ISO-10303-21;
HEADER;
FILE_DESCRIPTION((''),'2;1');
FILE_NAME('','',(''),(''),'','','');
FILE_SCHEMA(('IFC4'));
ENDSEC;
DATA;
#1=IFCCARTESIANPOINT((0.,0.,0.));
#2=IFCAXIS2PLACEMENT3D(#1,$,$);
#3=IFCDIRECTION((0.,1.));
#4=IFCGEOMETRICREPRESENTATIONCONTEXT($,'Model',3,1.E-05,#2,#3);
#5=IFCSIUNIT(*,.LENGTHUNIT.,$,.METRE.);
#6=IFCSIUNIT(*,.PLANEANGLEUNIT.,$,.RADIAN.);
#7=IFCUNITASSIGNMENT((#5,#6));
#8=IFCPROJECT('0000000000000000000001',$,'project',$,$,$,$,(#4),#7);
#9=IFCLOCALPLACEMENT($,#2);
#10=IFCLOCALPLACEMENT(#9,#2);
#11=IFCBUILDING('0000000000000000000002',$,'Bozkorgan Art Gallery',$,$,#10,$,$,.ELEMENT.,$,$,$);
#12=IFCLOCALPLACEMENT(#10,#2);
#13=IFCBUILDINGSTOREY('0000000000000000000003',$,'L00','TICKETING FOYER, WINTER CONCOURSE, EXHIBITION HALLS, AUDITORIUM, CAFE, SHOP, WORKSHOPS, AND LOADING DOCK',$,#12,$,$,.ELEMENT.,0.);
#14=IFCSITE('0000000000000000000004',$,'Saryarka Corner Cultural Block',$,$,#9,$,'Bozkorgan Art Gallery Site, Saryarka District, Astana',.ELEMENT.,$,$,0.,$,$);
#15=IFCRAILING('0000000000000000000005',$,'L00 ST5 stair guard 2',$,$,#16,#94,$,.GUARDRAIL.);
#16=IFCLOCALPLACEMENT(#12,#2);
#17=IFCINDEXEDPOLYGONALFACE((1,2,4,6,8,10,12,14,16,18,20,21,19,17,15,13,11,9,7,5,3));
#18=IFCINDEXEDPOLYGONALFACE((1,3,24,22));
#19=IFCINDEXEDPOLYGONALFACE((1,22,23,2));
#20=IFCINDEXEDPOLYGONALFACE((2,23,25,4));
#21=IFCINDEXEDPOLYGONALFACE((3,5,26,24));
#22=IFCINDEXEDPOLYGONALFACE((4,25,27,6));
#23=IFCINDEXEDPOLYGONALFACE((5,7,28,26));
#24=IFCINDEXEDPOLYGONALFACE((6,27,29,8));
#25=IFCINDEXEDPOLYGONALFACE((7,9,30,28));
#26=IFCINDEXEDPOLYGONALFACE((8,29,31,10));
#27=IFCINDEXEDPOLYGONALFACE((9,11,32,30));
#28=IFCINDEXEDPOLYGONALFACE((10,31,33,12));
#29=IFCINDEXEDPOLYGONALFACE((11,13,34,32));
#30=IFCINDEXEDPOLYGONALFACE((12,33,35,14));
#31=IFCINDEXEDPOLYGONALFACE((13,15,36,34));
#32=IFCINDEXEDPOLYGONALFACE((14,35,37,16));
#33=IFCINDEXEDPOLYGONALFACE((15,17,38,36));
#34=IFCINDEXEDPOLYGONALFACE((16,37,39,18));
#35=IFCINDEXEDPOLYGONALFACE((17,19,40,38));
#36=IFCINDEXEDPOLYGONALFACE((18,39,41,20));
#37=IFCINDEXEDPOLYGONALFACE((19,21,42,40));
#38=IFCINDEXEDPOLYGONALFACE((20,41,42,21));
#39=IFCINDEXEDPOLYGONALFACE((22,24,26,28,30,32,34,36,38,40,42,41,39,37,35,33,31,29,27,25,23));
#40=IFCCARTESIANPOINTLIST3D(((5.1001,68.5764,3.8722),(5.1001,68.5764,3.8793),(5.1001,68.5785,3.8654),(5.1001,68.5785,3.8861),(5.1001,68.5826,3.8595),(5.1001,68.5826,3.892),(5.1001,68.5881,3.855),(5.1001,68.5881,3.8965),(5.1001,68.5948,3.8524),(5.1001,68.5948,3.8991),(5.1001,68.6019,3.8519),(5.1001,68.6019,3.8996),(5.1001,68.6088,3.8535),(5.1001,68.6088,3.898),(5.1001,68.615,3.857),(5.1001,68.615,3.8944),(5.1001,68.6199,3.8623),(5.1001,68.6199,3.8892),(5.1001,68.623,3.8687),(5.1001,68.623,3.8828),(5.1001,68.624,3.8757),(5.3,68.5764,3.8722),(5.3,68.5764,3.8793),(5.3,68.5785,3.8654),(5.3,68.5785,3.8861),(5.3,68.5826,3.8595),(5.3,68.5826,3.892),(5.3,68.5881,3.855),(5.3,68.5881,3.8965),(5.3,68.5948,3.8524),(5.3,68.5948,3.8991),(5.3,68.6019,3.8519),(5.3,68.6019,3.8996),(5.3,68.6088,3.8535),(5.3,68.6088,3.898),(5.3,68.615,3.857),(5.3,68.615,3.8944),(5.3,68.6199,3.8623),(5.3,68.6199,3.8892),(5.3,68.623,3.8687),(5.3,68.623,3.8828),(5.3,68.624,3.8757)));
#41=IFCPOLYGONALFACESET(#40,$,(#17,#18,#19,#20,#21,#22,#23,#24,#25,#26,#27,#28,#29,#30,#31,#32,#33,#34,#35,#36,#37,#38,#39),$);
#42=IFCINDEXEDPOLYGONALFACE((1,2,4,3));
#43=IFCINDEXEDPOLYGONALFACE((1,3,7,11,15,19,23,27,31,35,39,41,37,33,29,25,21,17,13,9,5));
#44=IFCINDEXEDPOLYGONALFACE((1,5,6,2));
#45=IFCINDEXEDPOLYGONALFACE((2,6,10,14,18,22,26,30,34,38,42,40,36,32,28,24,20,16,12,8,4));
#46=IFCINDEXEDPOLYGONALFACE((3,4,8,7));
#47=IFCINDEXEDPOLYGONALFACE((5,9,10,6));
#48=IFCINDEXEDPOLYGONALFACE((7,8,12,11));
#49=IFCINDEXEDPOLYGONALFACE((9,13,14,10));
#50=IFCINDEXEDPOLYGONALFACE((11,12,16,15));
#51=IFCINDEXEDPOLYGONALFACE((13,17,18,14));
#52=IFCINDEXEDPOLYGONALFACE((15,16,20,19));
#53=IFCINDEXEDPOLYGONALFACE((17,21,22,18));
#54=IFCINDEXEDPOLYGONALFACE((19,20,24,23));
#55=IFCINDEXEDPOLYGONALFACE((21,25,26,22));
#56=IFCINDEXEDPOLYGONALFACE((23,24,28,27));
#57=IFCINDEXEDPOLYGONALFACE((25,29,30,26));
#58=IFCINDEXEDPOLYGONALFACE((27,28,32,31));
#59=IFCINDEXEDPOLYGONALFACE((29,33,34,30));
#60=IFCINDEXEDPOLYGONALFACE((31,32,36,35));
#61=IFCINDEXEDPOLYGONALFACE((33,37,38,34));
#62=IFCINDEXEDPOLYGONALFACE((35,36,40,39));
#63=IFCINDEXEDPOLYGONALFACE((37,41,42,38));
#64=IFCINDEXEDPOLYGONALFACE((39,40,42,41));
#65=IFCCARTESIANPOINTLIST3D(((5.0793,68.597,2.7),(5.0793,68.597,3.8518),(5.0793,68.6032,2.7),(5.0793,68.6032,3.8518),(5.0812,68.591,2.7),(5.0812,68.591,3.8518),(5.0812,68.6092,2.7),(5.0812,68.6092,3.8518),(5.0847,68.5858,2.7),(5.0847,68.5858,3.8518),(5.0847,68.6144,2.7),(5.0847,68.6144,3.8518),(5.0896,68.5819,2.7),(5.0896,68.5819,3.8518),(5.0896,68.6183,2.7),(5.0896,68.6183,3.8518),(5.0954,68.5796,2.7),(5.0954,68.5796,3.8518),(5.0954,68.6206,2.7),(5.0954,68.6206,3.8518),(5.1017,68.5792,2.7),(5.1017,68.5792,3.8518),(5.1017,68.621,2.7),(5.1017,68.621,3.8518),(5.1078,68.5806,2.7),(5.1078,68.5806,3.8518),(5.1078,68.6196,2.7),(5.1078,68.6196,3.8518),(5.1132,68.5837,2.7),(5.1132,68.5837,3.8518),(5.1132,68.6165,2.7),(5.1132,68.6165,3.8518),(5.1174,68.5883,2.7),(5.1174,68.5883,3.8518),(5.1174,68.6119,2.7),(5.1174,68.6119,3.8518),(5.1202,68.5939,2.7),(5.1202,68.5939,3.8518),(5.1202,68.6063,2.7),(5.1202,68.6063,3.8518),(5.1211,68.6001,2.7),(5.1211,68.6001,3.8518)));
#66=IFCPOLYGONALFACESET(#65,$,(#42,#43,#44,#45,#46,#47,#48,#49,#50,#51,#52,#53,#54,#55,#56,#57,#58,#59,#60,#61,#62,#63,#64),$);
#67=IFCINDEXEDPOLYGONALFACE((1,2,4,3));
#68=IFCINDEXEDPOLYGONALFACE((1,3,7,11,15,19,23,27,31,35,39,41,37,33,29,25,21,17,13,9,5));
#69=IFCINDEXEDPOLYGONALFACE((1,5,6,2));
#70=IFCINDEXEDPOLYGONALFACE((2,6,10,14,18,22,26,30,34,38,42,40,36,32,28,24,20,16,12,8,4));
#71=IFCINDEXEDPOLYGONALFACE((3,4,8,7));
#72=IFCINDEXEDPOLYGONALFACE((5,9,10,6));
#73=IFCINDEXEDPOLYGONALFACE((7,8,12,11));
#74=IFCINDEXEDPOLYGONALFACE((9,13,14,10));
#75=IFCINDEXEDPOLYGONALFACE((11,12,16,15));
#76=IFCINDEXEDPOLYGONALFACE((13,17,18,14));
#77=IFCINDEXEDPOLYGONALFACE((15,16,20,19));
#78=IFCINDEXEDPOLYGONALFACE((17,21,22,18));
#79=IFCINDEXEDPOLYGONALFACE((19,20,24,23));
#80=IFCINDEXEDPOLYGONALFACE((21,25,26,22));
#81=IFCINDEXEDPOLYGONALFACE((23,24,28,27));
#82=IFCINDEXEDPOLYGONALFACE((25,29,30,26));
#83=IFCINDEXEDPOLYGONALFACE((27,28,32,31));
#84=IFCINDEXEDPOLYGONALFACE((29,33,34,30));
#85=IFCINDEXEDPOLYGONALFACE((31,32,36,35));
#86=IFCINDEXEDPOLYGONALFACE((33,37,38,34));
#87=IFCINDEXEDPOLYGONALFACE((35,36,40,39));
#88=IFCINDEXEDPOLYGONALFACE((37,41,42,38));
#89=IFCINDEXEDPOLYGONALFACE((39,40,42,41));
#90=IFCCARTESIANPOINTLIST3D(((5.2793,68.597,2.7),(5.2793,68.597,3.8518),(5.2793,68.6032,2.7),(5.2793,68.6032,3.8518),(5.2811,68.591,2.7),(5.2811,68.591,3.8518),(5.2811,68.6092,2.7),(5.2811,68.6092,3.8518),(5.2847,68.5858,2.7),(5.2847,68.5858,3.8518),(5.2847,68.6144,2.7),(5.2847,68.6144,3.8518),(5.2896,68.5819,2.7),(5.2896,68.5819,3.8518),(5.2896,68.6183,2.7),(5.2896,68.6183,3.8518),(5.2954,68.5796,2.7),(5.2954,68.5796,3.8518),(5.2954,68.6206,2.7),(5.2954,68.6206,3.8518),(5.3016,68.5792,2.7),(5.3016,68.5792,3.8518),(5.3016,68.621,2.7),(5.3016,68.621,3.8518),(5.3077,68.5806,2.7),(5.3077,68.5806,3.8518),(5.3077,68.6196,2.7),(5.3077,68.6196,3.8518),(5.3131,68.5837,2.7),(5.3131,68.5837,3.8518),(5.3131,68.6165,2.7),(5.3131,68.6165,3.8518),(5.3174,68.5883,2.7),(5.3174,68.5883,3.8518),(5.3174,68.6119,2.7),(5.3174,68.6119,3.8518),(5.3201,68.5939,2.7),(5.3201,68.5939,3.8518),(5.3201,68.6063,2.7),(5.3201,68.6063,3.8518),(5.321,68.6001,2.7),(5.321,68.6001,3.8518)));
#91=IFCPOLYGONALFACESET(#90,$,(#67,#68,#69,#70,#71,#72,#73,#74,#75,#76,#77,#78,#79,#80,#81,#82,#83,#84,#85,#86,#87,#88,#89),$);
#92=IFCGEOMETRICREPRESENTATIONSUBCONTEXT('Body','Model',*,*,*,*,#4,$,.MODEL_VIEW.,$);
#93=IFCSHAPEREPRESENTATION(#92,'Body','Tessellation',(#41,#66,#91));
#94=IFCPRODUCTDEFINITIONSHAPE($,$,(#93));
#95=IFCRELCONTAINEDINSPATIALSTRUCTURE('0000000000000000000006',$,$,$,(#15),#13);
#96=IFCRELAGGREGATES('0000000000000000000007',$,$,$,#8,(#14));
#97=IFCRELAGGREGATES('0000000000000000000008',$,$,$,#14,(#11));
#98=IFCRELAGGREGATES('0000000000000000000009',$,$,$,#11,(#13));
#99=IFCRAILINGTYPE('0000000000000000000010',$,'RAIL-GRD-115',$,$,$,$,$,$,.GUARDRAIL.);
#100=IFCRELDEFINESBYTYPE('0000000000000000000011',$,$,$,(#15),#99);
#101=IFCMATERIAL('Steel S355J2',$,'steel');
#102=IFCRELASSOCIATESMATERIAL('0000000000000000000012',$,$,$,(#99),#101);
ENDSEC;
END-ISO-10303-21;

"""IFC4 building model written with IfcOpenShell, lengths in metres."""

from ifc_helpers import new_model, si_unit, direction, frame, origin, origin_2d, place, context, subcontext, project, spatial, circle, extrude, material, type_object, element, save


model = new_model("IFC4")

# Units and contexts
model_context = context("Model", 3, precision=1e-05, world=origin(), true_north=direction((0.0, 1.0)))
body_context = subcontext(model_context, "Body", "Model", "MODEL_VIEW")
ifc_project = project(units=[si_unit("LENGTHUNIT", "METRE"), si_unit("PLANEANGLEUNIT", "RADIAN")], contexts=[model_context])

# Site, building, storey
site_placement = place(None, origin())
site = spatial("IfcSite", under=ifc_project, at=site_placement, Name="Saryarka Corner Cultural Block", LongName="Bozkorgan Art Gallery Site, Saryarka District, Astana", CompositionType="ELEMENT", RefElevation=0.0)
building_placement = place(site_placement, origin())
building = spatial("IfcBuilding", under=site, at=building_placement, Name="Bozkorgan Art Gallery", CompositionType="ELEMENT")
storey_placement = place(building_placement, origin())
storey = spatial("IfcBuildingStorey", under=building, at=storey_placement, Name="L00", Description="TICKETING FOYER, WINTER CONCOURSE, EXHIBITION HALLS, AUDITORIUM, CAFE, SHOP, WORKSHOPS, AND LOADING DOCK", CompositionType="ELEMENT", Elevation=0.0)

# Shared definitions
ifc_material_1 = material(Name="Steel S355J2", Category="steel")

# Railing
railing_type_1 = type_object("IfcRailingType", Name="RAIL-GRD-115", PredefinedType="GUARDRAIL", material=ifc_material_1)
railing_1_placement = place(storey_placement, frame((5.1001, 68.6001, 2.7)))
element("IfcRailing", 1, at=railing_1_placement, inside=storey, type_object=railing_type_1, Name="L00 ST5 stair guard 2", PredefinedType="GUARDRAIL", context=body_context, shape_type="SweptSolid", body=[
    extrude(circle(Radius=0.0239, at=origin_2d()), frame((0.0, 0.0, 1.1758), z_axis=(1.0, 0.0, 0.0), x_axis=(0.0, 1.0, 0.0)), (0.0, 0.0, 1.0), 0.2),
    extrude(circle(Radius=0.021, at=origin_2d()), origin(), (0.0, 0.0, 1.0), 1.1519),
    extrude(circle(Radius=0.021, at=origin_2d()), frame((0.2, 0.0, 0.0)), (0.0, 0.0, 1.0), 1.1519),
])

save(model, "model.ifc")
